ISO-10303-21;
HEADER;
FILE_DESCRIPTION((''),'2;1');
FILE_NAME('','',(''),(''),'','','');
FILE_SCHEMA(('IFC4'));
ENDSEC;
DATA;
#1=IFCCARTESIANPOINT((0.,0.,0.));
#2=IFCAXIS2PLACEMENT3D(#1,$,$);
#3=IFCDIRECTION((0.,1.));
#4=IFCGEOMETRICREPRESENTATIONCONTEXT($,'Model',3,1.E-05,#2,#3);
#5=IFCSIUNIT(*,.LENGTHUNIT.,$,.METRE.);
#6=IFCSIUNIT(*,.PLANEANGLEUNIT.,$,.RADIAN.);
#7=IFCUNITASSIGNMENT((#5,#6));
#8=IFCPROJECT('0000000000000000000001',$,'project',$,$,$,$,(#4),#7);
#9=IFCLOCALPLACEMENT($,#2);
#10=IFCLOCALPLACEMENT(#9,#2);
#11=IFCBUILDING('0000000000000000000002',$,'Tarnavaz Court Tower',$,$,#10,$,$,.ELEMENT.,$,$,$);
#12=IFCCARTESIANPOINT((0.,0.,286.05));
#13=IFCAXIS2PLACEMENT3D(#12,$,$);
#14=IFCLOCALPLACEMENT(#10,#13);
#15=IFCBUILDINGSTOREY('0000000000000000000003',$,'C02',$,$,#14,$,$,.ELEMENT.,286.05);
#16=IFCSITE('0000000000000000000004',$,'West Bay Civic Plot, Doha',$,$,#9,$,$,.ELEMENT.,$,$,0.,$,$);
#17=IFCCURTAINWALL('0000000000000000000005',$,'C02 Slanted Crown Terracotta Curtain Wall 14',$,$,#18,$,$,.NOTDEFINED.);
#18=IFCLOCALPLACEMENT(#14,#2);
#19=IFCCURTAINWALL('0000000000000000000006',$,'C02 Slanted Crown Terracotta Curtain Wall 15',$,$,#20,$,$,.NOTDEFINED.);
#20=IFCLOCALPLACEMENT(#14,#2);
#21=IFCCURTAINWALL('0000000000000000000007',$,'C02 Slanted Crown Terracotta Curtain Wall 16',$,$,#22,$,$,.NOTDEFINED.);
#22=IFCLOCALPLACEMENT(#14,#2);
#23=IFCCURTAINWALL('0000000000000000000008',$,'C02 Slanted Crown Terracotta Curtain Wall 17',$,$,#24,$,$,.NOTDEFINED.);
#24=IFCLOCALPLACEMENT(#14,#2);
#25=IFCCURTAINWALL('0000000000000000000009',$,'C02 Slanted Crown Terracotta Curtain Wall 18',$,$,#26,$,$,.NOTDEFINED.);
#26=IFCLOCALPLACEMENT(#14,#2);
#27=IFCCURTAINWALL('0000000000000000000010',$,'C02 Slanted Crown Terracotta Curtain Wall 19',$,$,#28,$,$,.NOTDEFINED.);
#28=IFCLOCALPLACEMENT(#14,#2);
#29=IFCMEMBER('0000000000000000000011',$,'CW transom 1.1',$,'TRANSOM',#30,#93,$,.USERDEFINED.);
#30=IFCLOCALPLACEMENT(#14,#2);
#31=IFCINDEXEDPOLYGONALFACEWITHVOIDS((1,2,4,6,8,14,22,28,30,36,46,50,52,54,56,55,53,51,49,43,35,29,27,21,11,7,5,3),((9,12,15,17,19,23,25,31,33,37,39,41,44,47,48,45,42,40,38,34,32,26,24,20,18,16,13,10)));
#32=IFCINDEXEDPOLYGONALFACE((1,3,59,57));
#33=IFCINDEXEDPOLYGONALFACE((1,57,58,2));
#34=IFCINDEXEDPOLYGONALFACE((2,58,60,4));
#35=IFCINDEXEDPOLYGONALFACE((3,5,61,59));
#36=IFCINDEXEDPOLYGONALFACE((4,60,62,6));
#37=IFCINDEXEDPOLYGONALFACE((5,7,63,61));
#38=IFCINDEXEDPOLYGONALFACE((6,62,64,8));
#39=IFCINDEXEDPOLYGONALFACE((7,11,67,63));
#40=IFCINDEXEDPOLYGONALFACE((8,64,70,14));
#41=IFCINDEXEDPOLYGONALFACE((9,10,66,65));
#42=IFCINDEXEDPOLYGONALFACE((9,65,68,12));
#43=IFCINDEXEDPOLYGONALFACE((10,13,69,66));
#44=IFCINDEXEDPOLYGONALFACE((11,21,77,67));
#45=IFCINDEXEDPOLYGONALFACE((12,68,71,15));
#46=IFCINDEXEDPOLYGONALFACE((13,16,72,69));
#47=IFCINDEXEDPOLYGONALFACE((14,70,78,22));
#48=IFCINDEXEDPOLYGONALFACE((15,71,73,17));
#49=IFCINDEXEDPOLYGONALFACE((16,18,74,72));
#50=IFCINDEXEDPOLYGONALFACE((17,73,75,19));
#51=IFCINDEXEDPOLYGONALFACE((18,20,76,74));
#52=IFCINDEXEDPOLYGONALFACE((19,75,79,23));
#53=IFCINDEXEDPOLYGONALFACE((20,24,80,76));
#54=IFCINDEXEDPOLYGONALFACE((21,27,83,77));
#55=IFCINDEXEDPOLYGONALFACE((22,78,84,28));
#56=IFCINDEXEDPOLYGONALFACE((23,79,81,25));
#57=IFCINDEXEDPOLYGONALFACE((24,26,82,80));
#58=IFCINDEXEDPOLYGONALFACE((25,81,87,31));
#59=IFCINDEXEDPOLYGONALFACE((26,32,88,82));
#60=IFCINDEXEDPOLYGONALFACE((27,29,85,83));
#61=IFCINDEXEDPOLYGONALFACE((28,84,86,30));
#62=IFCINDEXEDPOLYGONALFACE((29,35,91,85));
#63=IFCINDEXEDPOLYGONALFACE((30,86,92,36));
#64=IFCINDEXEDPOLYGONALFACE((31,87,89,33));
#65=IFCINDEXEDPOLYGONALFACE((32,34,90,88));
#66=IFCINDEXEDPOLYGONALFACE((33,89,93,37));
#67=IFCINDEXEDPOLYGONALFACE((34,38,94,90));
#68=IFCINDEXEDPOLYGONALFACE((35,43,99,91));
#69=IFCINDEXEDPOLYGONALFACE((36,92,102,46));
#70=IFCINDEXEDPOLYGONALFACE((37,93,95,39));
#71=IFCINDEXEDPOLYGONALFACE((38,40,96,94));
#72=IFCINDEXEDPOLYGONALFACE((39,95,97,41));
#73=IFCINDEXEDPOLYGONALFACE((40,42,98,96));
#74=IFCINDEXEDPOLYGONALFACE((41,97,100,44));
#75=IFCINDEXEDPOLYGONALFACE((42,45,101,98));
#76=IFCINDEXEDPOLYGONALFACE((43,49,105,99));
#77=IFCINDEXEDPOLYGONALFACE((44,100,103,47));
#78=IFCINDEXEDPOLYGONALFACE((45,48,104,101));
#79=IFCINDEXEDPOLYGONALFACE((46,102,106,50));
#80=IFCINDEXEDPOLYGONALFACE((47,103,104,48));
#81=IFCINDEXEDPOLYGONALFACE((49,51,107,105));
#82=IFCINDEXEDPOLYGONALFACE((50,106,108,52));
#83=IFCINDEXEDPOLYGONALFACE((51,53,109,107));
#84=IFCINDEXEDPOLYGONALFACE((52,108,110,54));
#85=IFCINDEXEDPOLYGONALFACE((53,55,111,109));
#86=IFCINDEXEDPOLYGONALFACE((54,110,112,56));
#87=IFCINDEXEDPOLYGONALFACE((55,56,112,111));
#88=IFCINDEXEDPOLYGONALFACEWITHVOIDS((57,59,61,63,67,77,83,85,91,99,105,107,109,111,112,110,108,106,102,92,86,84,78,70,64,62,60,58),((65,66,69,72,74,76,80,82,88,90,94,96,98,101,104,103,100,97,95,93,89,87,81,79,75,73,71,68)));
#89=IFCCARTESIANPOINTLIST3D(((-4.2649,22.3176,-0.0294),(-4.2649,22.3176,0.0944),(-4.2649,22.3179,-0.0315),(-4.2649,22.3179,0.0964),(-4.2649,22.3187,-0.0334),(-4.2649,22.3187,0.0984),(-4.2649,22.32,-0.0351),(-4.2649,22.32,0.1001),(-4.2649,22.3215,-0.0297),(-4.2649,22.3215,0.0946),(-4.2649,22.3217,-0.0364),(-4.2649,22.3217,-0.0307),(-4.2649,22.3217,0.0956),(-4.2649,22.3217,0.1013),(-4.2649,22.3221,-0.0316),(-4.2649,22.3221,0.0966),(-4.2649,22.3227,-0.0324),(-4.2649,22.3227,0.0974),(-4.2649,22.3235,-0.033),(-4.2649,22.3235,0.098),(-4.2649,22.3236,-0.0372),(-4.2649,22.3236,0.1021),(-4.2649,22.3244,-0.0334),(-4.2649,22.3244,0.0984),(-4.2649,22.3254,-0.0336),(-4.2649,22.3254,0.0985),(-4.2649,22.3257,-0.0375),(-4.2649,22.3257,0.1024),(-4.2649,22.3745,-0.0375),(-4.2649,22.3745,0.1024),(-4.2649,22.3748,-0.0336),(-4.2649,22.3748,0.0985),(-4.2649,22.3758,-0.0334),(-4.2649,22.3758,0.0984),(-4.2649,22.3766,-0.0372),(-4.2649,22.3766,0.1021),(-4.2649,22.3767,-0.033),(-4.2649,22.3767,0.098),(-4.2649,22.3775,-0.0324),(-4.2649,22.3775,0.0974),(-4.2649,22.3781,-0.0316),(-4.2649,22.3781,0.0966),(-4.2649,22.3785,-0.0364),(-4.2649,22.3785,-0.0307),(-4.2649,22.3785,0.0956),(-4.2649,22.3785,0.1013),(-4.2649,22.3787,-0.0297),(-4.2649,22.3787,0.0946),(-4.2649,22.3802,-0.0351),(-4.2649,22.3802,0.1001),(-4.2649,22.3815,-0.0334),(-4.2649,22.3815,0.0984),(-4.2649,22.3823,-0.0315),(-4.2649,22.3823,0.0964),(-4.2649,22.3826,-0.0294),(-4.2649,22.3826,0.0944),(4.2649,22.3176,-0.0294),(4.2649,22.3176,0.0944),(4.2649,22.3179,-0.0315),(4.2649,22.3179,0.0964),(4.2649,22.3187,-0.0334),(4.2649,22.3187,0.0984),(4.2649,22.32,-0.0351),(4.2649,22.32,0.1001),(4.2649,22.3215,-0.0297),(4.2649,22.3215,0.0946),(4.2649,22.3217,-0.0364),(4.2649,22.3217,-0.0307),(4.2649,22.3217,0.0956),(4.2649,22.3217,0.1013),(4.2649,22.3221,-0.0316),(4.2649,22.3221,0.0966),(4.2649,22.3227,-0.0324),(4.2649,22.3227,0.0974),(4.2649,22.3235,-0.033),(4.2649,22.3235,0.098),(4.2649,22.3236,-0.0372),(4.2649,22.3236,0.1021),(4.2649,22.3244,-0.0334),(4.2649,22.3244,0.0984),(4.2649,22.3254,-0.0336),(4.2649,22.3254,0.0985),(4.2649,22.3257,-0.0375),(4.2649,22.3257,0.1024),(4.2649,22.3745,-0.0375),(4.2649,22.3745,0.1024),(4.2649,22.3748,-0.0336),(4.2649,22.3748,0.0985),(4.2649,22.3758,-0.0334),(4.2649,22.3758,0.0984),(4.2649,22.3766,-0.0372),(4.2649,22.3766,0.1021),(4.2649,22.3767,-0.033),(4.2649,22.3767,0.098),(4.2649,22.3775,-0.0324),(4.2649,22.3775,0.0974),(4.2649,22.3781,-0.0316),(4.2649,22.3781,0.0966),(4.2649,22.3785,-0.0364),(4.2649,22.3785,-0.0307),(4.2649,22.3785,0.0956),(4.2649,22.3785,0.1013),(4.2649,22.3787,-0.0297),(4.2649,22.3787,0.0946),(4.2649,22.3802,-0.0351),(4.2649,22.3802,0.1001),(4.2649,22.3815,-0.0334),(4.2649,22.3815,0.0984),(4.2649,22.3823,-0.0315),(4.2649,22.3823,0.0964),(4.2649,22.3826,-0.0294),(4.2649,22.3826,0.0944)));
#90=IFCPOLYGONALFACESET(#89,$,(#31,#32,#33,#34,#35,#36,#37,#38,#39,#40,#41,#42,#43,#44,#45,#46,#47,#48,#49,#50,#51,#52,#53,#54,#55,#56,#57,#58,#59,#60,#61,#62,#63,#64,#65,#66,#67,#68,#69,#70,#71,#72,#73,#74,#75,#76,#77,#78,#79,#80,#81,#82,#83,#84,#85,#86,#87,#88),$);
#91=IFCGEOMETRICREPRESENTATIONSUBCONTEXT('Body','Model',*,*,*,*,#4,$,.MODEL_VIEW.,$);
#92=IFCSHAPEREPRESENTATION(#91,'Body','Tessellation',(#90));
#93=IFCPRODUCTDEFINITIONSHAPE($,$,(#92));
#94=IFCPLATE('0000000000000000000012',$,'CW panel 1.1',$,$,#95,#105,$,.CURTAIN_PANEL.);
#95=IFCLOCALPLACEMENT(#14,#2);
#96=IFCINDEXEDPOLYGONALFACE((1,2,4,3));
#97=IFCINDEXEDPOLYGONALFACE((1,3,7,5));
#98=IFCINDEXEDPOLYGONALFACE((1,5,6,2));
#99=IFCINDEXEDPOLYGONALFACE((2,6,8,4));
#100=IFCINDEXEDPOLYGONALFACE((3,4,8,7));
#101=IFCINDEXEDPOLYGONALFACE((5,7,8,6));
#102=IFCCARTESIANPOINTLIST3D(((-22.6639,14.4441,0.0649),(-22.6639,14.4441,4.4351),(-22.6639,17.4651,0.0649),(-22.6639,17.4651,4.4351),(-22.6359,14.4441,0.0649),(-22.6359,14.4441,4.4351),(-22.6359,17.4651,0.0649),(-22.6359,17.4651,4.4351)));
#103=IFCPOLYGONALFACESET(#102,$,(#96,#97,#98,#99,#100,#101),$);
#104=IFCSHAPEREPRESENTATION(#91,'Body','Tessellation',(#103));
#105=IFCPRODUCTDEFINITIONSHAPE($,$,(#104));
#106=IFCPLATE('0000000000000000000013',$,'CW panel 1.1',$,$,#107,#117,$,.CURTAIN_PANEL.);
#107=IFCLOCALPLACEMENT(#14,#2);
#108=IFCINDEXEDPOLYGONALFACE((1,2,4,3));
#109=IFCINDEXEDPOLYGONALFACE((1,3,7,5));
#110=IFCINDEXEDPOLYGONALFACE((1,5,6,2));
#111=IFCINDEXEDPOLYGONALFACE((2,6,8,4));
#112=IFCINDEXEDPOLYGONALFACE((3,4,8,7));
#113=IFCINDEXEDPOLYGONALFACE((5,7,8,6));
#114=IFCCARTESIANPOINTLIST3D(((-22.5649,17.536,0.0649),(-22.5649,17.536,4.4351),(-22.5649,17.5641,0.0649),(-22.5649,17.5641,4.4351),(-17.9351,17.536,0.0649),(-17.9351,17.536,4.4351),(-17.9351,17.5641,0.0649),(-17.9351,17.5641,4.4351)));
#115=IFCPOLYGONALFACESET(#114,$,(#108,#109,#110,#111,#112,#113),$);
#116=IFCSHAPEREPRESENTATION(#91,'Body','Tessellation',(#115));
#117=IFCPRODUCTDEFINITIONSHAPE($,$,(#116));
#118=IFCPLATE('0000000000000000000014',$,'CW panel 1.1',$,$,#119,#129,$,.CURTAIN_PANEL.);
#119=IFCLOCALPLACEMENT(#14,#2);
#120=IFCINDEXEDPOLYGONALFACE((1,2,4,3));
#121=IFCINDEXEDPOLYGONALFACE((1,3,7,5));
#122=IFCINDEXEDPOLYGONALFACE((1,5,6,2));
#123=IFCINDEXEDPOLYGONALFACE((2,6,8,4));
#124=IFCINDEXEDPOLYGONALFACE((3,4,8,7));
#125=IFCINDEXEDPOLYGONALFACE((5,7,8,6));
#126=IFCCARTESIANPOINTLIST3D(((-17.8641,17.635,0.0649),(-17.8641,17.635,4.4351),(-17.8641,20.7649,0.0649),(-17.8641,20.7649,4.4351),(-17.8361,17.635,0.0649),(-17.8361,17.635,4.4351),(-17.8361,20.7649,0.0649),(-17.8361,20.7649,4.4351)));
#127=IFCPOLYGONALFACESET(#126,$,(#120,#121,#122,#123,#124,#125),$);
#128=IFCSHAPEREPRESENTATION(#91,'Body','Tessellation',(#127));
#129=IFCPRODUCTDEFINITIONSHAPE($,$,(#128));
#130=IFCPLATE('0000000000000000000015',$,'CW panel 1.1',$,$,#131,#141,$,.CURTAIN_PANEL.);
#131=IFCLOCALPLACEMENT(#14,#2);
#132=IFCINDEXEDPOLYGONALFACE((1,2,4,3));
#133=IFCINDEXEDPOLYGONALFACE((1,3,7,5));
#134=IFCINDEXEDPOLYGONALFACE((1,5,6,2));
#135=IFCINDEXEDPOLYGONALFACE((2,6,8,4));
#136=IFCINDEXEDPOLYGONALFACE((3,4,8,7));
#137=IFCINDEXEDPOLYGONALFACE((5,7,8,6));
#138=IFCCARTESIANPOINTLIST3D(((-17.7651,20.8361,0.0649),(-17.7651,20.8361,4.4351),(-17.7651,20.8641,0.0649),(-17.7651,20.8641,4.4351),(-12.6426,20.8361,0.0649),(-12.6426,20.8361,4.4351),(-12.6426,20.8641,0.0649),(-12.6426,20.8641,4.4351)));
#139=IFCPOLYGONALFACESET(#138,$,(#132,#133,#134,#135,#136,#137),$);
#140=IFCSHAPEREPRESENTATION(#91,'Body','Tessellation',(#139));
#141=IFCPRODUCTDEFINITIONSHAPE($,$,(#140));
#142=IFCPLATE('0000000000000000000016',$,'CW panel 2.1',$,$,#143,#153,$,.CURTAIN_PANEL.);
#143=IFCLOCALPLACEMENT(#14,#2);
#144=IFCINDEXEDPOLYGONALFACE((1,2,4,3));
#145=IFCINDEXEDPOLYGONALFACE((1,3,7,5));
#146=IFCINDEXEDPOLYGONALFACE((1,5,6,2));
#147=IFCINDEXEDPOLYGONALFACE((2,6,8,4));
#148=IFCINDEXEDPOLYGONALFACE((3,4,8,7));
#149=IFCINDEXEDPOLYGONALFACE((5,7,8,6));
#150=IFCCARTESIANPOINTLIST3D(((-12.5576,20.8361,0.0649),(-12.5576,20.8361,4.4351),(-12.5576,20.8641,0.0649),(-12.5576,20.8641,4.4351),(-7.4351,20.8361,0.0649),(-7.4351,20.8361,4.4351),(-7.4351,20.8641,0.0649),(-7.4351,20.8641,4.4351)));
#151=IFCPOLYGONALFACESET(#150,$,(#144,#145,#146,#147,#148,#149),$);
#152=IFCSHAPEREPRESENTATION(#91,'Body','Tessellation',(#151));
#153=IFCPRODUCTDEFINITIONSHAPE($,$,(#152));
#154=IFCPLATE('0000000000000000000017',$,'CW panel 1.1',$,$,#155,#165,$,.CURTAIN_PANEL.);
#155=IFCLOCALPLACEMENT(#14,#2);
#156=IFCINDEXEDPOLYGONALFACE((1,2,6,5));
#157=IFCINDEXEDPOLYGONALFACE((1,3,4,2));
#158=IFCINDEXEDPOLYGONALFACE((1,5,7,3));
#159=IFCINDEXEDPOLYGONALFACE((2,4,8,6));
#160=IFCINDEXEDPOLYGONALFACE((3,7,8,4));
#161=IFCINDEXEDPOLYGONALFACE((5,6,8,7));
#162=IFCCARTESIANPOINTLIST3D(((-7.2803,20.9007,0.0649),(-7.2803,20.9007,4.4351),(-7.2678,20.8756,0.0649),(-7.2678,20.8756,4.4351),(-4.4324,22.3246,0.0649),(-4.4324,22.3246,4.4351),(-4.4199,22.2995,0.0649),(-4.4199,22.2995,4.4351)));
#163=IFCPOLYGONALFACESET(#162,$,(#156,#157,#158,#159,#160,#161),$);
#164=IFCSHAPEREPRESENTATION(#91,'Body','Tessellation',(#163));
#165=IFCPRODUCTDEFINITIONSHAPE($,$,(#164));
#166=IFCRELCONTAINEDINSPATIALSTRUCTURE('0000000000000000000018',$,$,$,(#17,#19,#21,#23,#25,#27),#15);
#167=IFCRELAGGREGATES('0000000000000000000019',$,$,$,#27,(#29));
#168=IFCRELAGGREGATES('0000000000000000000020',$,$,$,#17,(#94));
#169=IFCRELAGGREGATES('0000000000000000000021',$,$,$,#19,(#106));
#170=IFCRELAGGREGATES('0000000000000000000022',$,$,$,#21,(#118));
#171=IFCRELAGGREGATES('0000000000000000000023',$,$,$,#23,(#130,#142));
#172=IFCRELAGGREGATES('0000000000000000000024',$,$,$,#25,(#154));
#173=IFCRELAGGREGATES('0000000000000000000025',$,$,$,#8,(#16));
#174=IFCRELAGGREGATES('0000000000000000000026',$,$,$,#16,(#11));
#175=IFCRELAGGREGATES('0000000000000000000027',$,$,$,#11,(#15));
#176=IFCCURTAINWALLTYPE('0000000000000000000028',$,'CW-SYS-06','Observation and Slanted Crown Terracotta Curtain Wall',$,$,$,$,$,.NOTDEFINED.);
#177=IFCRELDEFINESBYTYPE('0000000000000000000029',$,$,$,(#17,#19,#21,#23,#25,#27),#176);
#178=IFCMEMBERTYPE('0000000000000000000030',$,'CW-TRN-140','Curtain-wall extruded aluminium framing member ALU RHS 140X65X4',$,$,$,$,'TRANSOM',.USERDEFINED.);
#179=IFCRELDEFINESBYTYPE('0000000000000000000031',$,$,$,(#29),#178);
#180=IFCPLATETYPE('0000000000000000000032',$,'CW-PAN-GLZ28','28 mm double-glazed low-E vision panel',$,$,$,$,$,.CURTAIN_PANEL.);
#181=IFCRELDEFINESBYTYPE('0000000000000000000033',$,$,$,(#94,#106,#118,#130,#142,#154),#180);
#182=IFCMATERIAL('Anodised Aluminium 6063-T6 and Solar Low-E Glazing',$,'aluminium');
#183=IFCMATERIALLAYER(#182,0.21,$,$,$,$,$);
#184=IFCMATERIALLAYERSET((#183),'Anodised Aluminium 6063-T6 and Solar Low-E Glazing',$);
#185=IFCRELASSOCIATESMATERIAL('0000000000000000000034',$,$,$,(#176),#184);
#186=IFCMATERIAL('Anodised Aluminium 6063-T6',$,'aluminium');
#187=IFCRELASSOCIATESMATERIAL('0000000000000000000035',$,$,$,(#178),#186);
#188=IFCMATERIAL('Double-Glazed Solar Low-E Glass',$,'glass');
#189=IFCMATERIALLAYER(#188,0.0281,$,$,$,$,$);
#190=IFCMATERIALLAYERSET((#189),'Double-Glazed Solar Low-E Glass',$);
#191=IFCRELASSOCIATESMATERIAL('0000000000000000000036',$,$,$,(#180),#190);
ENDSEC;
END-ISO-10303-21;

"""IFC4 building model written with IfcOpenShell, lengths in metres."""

from ifc_helpers import new_model, si_unit, direction, frame, origin, origin_2d, place, context, subcontext, project, spatial, rectangle, hollow_rectangle, extrude, material, layer, layer_set, material_profile, profile_set, type_object, element, aggregate, save


model = new_model("IFC4")

# Units and contexts
model_context = context("Model", 3, precision=1e-05, world=origin(), true_north=direction((0.0, 1.0)))
body_context = subcontext(model_context, "Body", "Model", "MODEL_VIEW")
ifc_project = project(units=[si_unit("LENGTHUNIT", "METRE"), si_unit("PLANEANGLEUNIT", "RADIAN")], contexts=[model_context])

# Site, building, storey
site_placement = place(None, origin())
site = spatial("IfcSite", under=ifc_project, at=site_placement, Name="West Bay Civic Plot, Doha", CompositionType="ELEMENT", RefElevation=0.0)
building_placement = place(site_placement, origin())
building = spatial("IfcBuilding", under=site, at=building_placement, Name="Tarnavaz Court Tower", CompositionType="ELEMENT")
storey_placement = place(building_placement, frame((0.0, 0.0, 286.05)))
storey = spatial("IfcBuildingStorey", under=building, at=storey_placement, Name="C02", CompositionType="ELEMENT", Elevation=286.05)

# Curtain walls
ifc_material_1 = material(Name="Anodised Aluminium 6063-T6 and Solar Low-E Glazing", Category="aluminium")
ifc_layer_1 = layer(ifc_material_1, 0.21)
ifc_layer_set_1 = layer_set([ifc_layer_1], Name="Anodised Aluminium 6063-T6 and Solar Low-E Glazing")
curtain_wall_type = type_object("IfcCurtainWallType", Name="CW-SYS-06", Description="Observation and Slanted Crown Terracotta Curtain Wall", PredefinedType="NOTDEFINED", material=ifc_layer_set_1)
curtain_wall_1_placement = place(storey_placement, origin())
curtain_wall_1 = element("IfcCurtainWall", 1, at=curtain_wall_1_placement, inside=storey, type_object=curtain_wall_type, Name="C02 Slanted Crown Terracotta Curtain Wall 14", PredefinedType="NOTDEFINED")
ifc_material_2 = material(Name="Anodised Aluminium 6063-T6", Category="aluminium")
curtain_wall_2_placement = place(storey_placement, origin())
curtain_wall_2 = element("IfcCurtainWall", 2, at=curtain_wall_2_placement, inside=storey, type_object=curtain_wall_type, Name="C02 Slanted Crown Terracotta Curtain Wall 15", PredefinedType="NOTDEFINED")
curtain_wall_3_placement = place(storey_placement, origin())
curtain_wall_3 = element("IfcCurtainWall", 3, at=curtain_wall_3_placement, inside=storey, type_object=curtain_wall_type, Name="C02 Slanted Crown Terracotta Curtain Wall 16", PredefinedType="NOTDEFINED")
curtain_wall_4_placement = place(storey_placement, origin())
curtain_wall_4 = element("IfcCurtainWall", 4, at=curtain_wall_4_placement, inside=storey, type_object=curtain_wall_type, Name="C02 Slanted Crown Terracotta Curtain Wall 17", PredefinedType="NOTDEFINED")
curtain_wall_5_placement = place(storey_placement, origin())
curtain_wall_5 = element("IfcCurtainWall", 5, at=curtain_wall_5_placement, inside=storey, type_object=curtain_wall_type, Name="C02 Slanted Crown Terracotta Curtain Wall 18", PredefinedType="NOTDEFINED")

# Curtain wall
curtain_wall_6_placement = place(storey_placement, origin())
curtain_wall_6 = element("IfcCurtainWall", 6, at=curtain_wall_6_placement, inside=storey, type_object=curtain_wall_type, Name="C02 Slanted Crown Terracotta Curtain Wall 19", PredefinedType="NOTDEFINED")

# Member
ifc_material_profile_1 = material_profile(ifc_material_2, hollow_rectangle(XDim=0.0649, YDim=0.1399, WallThickness=0.0039, InnerFilletRadius=0.0039, OuterFilletRadius=0.0081, at=origin_2d()), Name="ALU RHS 140X65X4")
ifc_profile_set_1 = profile_set([ifc_material_profile_1], Name="Anodised Aluminium 6063-T6")
member_type_1 = type_object("IfcMemberType", Name="CW-TRN-140", Description="Curtain-wall extruded aluminium framing member ALU RHS 140X65X4", ElementType="TRANSOM", PredefinedType="USERDEFINED", material=ifc_profile_set_1)
member_1_placement = place(storey_placement, frame((-4.2649, 22.3501, 0.0325), z_axis=(1.0, 0.0, 0.0), x_axis=(0.0, 1.0, 0.0)))
member_1 = element("IfcMember", 7, at=member_1_placement, type_object=member_type_1, Name="CW transom 1.1", ObjectType="TRANSOM", PredefinedType="USERDEFINED", context=body_context, shape_type="SweptSolid", body=[
    extrude(hollow_rectangle(XDim=0.0649, YDim=0.1399, WallThickness=0.0039, InnerFilletRadius=0.0039, OuterFilletRadius=0.0081, at=origin_2d()), origin(), (0.0, 0.0, 1.0), 8.5298),
])
aggregate(curtain_wall_6, [member_1])

# Plates
ifc_material_3 = material(Name="Double-Glazed Solar Low-E Glass", Category="glass")
ifc_layer_2 = layer(ifc_material_3, 0.0281)
ifc_layer_set_2 = layer_set([ifc_layer_2], Name="Double-Glazed Solar Low-E Glass")
plate_type = type_object("IfcPlateType", Name="CW-PAN-GLZ28", Description="28 mm double-glazed low-E vision panel", PredefinedType="CURTAIN_PANEL", material=ifc_layer_set_2)
plate_1_placement = place(storey_placement, frame((-22.6499, 15.9546, 0.0649), z_axis=(0.0, 0.0, 1.0), x_axis=(0.0, 1.0, 0.0)))
plate_1 = element("IfcPlate", 8, at=plate_1_placement, type_object=plate_type, Name="CW panel 1.1", PredefinedType="CURTAIN_PANEL", context=body_context, shape_type="SweptSolid", body=[
    extrude(rectangle(XDim=3.021, YDim=0.0281, at=origin_2d()), origin(), (0.0, 0.0, 1.0), 4.3701),
])
aggregate(curtain_wall_1, [plate_1])
plate_2_placement = place(storey_placement, frame((-20.25, 17.55, 0.0649), z_axis=(0.0, 0.0, 1.0), x_axis=(1.0, 0.0, 0.0)))
plate_2 = element("IfcPlate", 9, at=plate_2_placement, type_object=plate_type, Name="CW panel 1.1", PredefinedType="CURTAIN_PANEL", context=body_context, shape_type="SweptSolid", body=[
    extrude(rectangle(XDim=4.6299, YDim=0.0281, at=origin_2d()), origin(), (0.0, 0.0, 1.0), 4.3701),
])
aggregate(curtain_wall_2, [plate_2])
plate_3_placement = place(storey_placement, frame((-17.8501, 19.2, 0.0649), z_axis=(0.0, 0.0, 1.0), x_axis=(0.0, 1.0, 0.0)))
plate_3 = element("IfcPlate", 10, at=plate_3_placement, type_object=plate_type, Name="CW panel 1.1", PredefinedType="CURTAIN_PANEL", context=body_context, shape_type="SweptSolid", body=[
    extrude(rectangle(XDim=3.1299, YDim=0.0281, at=origin_2d()), origin(), (0.0, 0.0, 1.0), 4.3701),
])
aggregate(curtain_wall_3, [plate_3])
plate_4_placement = place(storey_placement, frame((-15.2039, 20.8501, 0.0649), z_axis=(0.0, 0.0, 1.0), x_axis=(1.0, 0.0, 0.0)))
plate_4 = element("IfcPlate", 11, at=plate_4_placement, type_object=plate_type, Name="CW panel 1.1", PredefinedType="CURTAIN_PANEL", context=body_context, shape_type="SweptSolid", body=[
    extrude(rectangle(XDim=5.1226, YDim=0.0281, at=origin_2d()), origin(), (0.0, 0.0, 1.0), 4.3701),
])
plate_5_placement = place(storey_placement, frame((-9.9963, 20.8501, 0.0649), z_axis=(0.0, 0.0, 1.0), x_axis=(1.0, 0.0, 0.0)))
plate_5 = element("IfcPlate", 12, at=plate_5_placement, type_object=plate_type, Name="CW panel 2.1", PredefinedType="CURTAIN_PANEL", context=body_context, shape_type="SweptSolid", body=[
    extrude(rectangle(XDim=5.1226, YDim=0.0281, at=origin_2d()), origin(), (0.0, 0.0, 1.0), 4.3701),
])
aggregate(curtain_wall_4, [plate_4, plate_5])
plate_6_placement = place(storey_placement, frame((-5.8501, 21.6001, 0.0649), z_axis=(0.0, 0.0, 1.0), x_axis=(0.894427, 0.447214, 0.0)))
plate_6 = element("IfcPlate", 13, at=plate_6_placement, type_object=plate_type, Name="CW panel 1.1", PredefinedType="CURTAIN_PANEL", context=body_context, shape_type="SweptSolid", body=[
    extrude(rectangle(XDim=3.1841, YDim=0.0281, at=origin_2d()), origin(), (0.0, 0.0, 1.0), 4.3701),
])
aggregate(curtain_wall_5, [plate_6])

save(model, "model.ifc")
